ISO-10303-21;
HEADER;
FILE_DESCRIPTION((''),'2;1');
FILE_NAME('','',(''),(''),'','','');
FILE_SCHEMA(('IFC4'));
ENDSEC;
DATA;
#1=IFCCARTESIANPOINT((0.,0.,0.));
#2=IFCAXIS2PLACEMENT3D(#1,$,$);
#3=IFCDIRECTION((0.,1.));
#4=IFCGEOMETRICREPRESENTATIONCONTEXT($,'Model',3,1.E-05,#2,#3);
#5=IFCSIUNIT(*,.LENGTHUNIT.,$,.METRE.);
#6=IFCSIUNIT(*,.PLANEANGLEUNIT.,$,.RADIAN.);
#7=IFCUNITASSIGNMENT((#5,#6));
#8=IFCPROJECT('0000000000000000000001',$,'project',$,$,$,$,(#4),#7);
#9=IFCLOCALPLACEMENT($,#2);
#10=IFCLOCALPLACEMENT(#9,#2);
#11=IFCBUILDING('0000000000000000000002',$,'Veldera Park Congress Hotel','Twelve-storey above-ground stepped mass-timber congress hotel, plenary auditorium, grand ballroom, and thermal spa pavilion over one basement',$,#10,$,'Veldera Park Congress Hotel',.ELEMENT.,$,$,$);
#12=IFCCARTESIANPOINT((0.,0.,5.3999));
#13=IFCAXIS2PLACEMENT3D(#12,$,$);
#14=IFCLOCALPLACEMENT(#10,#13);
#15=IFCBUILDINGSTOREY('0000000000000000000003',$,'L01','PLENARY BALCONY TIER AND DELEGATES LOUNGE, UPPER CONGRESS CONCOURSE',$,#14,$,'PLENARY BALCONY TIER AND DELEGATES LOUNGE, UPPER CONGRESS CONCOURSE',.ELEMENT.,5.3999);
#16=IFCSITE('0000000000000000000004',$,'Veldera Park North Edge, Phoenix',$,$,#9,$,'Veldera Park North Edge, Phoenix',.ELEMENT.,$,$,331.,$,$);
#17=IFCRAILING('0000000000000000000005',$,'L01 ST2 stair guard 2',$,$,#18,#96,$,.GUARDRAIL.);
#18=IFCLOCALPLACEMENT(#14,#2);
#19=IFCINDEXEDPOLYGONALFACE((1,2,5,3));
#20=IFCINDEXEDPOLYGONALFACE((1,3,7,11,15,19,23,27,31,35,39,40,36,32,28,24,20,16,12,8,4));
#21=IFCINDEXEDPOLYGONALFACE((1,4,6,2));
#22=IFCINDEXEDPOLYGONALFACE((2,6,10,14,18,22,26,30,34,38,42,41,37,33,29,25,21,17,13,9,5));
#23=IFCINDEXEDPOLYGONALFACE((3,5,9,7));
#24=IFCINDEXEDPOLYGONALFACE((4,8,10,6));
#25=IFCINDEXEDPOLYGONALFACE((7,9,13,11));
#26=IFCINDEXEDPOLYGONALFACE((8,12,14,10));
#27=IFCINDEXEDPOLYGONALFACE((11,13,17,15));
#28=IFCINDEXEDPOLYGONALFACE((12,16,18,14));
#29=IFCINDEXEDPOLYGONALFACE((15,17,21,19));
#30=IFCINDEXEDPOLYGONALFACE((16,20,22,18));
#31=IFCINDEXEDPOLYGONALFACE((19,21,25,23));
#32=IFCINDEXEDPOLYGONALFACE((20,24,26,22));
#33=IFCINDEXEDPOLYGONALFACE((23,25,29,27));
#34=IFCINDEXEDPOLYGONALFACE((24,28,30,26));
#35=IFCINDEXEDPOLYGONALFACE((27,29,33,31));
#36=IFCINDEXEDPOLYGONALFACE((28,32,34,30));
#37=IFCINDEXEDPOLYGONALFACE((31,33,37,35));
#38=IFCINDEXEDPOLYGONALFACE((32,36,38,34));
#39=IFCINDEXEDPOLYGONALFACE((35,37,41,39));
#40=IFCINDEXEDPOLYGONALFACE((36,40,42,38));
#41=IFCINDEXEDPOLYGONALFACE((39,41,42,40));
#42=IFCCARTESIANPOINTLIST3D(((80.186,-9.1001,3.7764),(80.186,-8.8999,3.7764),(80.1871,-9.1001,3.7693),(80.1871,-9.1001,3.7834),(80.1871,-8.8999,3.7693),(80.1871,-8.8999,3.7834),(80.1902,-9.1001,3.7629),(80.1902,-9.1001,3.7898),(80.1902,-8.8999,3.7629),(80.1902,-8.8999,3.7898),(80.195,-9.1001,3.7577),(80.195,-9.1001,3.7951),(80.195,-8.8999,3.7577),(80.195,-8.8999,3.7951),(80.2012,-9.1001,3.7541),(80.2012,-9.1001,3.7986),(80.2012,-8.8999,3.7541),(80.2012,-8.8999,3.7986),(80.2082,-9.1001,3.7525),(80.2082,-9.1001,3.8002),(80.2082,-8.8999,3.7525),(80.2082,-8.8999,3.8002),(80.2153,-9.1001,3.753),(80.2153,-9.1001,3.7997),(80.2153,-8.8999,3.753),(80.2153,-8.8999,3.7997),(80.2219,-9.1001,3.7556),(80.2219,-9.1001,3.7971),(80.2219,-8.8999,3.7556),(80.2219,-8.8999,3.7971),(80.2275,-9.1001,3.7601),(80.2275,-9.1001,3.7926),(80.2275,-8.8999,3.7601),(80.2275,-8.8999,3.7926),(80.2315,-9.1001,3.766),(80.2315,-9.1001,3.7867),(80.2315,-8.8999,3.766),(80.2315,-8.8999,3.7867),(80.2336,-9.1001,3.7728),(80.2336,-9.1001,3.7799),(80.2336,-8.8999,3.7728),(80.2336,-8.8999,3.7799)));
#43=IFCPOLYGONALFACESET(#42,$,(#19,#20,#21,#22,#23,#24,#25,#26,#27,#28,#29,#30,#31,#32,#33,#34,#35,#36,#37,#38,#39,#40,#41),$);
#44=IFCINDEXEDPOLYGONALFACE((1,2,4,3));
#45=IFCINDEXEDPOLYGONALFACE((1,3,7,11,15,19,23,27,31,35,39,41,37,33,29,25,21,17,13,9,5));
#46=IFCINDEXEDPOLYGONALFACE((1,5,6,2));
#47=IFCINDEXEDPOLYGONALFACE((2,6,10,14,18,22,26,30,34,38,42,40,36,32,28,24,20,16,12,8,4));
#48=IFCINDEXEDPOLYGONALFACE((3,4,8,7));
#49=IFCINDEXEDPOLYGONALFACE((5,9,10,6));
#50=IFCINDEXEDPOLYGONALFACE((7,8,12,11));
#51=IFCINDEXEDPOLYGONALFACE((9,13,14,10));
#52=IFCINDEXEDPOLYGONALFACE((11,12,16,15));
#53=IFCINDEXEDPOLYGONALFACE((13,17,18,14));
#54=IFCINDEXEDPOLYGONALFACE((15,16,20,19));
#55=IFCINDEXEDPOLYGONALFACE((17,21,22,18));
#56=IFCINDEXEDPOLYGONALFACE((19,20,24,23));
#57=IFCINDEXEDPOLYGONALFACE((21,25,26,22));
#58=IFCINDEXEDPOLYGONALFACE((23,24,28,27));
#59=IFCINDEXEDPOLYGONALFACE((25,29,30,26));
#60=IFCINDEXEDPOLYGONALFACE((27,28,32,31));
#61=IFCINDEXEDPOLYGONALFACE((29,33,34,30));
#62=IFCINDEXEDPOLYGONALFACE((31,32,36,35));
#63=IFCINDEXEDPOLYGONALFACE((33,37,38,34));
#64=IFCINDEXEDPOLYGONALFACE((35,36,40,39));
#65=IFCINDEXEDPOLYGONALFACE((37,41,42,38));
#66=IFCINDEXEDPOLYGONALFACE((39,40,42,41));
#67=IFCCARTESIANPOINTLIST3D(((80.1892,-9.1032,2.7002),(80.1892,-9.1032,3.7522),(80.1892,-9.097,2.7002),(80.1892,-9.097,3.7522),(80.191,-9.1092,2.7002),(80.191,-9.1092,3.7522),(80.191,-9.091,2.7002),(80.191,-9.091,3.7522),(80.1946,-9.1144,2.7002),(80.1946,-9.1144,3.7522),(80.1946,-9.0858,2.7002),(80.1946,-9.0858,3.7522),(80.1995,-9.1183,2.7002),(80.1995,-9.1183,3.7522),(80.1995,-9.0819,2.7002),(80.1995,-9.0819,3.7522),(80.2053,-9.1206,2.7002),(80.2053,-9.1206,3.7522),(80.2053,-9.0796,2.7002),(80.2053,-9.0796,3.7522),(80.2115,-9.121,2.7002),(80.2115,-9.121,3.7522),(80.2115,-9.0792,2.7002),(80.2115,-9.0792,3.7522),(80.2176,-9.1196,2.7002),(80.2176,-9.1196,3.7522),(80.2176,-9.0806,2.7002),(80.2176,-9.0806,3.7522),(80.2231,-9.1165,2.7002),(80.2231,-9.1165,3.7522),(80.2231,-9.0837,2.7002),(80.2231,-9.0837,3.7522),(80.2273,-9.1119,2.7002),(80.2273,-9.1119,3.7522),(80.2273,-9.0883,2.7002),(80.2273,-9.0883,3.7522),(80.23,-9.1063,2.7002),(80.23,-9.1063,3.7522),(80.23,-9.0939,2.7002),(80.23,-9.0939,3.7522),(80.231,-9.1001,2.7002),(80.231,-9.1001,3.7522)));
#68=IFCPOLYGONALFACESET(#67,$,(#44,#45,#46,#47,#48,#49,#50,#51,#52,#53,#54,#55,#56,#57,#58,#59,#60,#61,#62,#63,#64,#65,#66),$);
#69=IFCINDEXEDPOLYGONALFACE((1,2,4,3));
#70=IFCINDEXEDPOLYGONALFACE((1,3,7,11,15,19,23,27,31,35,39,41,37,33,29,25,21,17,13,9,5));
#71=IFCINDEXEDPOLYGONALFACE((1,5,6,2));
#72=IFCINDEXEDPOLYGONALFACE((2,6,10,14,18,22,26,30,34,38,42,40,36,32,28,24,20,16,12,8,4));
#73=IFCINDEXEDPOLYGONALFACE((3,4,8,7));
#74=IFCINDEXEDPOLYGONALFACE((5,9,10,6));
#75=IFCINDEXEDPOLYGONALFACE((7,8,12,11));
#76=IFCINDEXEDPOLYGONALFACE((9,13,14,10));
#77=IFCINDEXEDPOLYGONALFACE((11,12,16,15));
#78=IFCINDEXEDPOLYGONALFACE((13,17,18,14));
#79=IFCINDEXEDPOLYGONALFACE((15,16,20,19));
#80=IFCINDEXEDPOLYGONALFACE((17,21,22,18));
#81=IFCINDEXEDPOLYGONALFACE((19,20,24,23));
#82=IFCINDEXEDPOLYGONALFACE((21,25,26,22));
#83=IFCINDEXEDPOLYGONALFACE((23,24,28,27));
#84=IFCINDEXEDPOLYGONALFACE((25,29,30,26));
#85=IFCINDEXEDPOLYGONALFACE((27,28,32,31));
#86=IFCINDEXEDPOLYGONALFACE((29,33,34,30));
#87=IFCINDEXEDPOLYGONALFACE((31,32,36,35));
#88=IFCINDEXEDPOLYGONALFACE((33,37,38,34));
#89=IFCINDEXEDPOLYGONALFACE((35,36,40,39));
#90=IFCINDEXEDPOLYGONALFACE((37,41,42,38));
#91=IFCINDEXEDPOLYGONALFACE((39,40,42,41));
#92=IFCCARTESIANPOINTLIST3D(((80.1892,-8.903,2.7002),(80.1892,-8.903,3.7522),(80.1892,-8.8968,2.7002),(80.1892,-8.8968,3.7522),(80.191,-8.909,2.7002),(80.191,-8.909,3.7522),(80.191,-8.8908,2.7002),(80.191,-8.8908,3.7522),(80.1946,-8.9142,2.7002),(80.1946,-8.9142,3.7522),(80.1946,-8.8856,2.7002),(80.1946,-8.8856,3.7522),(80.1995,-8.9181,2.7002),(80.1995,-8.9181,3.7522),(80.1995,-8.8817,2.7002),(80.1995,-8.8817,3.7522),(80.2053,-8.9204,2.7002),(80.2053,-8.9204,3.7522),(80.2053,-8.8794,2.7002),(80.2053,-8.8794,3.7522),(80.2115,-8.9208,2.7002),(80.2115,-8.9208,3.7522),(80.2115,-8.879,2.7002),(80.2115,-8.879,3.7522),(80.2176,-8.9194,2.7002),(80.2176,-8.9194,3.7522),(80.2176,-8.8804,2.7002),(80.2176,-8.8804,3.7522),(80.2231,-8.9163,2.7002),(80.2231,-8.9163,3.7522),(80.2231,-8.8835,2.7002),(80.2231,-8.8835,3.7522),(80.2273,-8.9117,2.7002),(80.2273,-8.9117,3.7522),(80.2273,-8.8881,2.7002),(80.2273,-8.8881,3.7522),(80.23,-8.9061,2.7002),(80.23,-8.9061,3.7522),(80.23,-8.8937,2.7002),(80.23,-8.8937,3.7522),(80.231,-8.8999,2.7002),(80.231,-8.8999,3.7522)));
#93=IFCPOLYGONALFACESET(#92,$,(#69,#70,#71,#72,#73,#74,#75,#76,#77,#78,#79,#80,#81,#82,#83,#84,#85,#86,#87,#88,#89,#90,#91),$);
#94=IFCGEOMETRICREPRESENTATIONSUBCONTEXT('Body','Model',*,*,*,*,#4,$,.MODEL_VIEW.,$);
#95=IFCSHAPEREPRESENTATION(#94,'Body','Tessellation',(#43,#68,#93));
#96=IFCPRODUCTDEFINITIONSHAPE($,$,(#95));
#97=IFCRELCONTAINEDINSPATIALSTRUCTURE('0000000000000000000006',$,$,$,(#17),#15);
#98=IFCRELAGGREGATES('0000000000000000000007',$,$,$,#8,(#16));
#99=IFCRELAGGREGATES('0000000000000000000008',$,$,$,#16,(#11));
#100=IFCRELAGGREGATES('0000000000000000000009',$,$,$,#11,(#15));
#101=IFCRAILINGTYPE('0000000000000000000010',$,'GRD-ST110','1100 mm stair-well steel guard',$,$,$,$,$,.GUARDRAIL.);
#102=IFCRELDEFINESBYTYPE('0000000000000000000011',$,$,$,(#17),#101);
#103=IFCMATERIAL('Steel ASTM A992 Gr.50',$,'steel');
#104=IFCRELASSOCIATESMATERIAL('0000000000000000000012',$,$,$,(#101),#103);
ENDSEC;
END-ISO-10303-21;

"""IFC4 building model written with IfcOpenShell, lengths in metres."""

from ifc_helpers import new_model, si_unit, direction, frame, origin, origin_2d, place, context, subcontext, project, spatial, circle, extrude, material, type_object, element, save


model = new_model("IFC4")

# Units and contexts
model_context = context("Model", 3, precision=1e-05, world=origin(), true_north=direction((0.0, 1.0)))
body_context = subcontext(model_context, "Body", "Model", "MODEL_VIEW")
ifc_project = project(units=[si_unit("LENGTHUNIT", "METRE"), si_unit("PLANEANGLEUNIT", "RADIAN")], contexts=[model_context])

# Site, building, storey
site_placement = place(None, origin())
site = spatial("IfcSite", under=ifc_project, at=site_placement, Name="Veldera Park North Edge, Phoenix", LongName="Veldera Park North Edge, Phoenix", CompositionType="ELEMENT", RefElevation=331.0)
building_placement = place(site_placement, origin())
building = spatial("IfcBuilding", under=site, at=building_placement, Name="Veldera Park Congress Hotel", Description="Twelve-storey above-ground stepped mass-timber congress hotel, plenary auditorium, grand ballroom, and thermal spa pavilion over one basement", LongName="Veldera Park Congress Hotel", CompositionType="ELEMENT")
storey_placement = place(building_placement, frame((0.0, 0.0, 5.3999)))
storey = spatial("IfcBuildingStorey", under=building, at=storey_placement, Name="L01", Description="PLENARY BALCONY TIER AND DELEGATES LOUNGE, UPPER CONGRESS CONCOURSE", LongName="PLENARY BALCONY TIER AND DELEGATES LOUNGE, UPPER CONGRESS CONCOURSE", CompositionType="ELEMENT", Elevation=5.3999)

# Shared definitions
ifc_material_1 = material(Name="Steel ASTM A992 Gr.50", Category="steel")

# Railing
railing_type_1 = type_object("IfcRailingType", Name="GRD-ST110", Description="1100 mm stair-well steel guard", PredefinedType="GUARDRAIL", material=ifc_material_1)
railing_1_placement = place(storey_placement, frame((80.21, -9.1001, 2.7002)))
element("IfcRailing", 1, at=railing_1_placement, inside=storey, type_object=railing_type_1, Name="L01 ST2 stair guard 2", PredefinedType="GUARDRAIL", context=body_context, shape_type="SweptSolid", body=[
    extrude(circle(Radius=0.0239, at=origin_2d()), frame((0.0, 0.0, 1.0762), z_axis=(0.0, 1.0, 0.0), x_axis=(-1.0, 0.0, 0.0)), (0.0, 0.0, 1.0), 0.2002),
    extrude(circle(Radius=0.021, at=origin_2d()), origin(), (0.0, 0.0, 1.0), 1.052),
    extrude(circle(Radius=0.021, at=origin_2d()), frame((0.0, 0.2002, 0.0)), (0.0, 0.0, 1.0), 1.052),
])

save(model, "model.ifc")
